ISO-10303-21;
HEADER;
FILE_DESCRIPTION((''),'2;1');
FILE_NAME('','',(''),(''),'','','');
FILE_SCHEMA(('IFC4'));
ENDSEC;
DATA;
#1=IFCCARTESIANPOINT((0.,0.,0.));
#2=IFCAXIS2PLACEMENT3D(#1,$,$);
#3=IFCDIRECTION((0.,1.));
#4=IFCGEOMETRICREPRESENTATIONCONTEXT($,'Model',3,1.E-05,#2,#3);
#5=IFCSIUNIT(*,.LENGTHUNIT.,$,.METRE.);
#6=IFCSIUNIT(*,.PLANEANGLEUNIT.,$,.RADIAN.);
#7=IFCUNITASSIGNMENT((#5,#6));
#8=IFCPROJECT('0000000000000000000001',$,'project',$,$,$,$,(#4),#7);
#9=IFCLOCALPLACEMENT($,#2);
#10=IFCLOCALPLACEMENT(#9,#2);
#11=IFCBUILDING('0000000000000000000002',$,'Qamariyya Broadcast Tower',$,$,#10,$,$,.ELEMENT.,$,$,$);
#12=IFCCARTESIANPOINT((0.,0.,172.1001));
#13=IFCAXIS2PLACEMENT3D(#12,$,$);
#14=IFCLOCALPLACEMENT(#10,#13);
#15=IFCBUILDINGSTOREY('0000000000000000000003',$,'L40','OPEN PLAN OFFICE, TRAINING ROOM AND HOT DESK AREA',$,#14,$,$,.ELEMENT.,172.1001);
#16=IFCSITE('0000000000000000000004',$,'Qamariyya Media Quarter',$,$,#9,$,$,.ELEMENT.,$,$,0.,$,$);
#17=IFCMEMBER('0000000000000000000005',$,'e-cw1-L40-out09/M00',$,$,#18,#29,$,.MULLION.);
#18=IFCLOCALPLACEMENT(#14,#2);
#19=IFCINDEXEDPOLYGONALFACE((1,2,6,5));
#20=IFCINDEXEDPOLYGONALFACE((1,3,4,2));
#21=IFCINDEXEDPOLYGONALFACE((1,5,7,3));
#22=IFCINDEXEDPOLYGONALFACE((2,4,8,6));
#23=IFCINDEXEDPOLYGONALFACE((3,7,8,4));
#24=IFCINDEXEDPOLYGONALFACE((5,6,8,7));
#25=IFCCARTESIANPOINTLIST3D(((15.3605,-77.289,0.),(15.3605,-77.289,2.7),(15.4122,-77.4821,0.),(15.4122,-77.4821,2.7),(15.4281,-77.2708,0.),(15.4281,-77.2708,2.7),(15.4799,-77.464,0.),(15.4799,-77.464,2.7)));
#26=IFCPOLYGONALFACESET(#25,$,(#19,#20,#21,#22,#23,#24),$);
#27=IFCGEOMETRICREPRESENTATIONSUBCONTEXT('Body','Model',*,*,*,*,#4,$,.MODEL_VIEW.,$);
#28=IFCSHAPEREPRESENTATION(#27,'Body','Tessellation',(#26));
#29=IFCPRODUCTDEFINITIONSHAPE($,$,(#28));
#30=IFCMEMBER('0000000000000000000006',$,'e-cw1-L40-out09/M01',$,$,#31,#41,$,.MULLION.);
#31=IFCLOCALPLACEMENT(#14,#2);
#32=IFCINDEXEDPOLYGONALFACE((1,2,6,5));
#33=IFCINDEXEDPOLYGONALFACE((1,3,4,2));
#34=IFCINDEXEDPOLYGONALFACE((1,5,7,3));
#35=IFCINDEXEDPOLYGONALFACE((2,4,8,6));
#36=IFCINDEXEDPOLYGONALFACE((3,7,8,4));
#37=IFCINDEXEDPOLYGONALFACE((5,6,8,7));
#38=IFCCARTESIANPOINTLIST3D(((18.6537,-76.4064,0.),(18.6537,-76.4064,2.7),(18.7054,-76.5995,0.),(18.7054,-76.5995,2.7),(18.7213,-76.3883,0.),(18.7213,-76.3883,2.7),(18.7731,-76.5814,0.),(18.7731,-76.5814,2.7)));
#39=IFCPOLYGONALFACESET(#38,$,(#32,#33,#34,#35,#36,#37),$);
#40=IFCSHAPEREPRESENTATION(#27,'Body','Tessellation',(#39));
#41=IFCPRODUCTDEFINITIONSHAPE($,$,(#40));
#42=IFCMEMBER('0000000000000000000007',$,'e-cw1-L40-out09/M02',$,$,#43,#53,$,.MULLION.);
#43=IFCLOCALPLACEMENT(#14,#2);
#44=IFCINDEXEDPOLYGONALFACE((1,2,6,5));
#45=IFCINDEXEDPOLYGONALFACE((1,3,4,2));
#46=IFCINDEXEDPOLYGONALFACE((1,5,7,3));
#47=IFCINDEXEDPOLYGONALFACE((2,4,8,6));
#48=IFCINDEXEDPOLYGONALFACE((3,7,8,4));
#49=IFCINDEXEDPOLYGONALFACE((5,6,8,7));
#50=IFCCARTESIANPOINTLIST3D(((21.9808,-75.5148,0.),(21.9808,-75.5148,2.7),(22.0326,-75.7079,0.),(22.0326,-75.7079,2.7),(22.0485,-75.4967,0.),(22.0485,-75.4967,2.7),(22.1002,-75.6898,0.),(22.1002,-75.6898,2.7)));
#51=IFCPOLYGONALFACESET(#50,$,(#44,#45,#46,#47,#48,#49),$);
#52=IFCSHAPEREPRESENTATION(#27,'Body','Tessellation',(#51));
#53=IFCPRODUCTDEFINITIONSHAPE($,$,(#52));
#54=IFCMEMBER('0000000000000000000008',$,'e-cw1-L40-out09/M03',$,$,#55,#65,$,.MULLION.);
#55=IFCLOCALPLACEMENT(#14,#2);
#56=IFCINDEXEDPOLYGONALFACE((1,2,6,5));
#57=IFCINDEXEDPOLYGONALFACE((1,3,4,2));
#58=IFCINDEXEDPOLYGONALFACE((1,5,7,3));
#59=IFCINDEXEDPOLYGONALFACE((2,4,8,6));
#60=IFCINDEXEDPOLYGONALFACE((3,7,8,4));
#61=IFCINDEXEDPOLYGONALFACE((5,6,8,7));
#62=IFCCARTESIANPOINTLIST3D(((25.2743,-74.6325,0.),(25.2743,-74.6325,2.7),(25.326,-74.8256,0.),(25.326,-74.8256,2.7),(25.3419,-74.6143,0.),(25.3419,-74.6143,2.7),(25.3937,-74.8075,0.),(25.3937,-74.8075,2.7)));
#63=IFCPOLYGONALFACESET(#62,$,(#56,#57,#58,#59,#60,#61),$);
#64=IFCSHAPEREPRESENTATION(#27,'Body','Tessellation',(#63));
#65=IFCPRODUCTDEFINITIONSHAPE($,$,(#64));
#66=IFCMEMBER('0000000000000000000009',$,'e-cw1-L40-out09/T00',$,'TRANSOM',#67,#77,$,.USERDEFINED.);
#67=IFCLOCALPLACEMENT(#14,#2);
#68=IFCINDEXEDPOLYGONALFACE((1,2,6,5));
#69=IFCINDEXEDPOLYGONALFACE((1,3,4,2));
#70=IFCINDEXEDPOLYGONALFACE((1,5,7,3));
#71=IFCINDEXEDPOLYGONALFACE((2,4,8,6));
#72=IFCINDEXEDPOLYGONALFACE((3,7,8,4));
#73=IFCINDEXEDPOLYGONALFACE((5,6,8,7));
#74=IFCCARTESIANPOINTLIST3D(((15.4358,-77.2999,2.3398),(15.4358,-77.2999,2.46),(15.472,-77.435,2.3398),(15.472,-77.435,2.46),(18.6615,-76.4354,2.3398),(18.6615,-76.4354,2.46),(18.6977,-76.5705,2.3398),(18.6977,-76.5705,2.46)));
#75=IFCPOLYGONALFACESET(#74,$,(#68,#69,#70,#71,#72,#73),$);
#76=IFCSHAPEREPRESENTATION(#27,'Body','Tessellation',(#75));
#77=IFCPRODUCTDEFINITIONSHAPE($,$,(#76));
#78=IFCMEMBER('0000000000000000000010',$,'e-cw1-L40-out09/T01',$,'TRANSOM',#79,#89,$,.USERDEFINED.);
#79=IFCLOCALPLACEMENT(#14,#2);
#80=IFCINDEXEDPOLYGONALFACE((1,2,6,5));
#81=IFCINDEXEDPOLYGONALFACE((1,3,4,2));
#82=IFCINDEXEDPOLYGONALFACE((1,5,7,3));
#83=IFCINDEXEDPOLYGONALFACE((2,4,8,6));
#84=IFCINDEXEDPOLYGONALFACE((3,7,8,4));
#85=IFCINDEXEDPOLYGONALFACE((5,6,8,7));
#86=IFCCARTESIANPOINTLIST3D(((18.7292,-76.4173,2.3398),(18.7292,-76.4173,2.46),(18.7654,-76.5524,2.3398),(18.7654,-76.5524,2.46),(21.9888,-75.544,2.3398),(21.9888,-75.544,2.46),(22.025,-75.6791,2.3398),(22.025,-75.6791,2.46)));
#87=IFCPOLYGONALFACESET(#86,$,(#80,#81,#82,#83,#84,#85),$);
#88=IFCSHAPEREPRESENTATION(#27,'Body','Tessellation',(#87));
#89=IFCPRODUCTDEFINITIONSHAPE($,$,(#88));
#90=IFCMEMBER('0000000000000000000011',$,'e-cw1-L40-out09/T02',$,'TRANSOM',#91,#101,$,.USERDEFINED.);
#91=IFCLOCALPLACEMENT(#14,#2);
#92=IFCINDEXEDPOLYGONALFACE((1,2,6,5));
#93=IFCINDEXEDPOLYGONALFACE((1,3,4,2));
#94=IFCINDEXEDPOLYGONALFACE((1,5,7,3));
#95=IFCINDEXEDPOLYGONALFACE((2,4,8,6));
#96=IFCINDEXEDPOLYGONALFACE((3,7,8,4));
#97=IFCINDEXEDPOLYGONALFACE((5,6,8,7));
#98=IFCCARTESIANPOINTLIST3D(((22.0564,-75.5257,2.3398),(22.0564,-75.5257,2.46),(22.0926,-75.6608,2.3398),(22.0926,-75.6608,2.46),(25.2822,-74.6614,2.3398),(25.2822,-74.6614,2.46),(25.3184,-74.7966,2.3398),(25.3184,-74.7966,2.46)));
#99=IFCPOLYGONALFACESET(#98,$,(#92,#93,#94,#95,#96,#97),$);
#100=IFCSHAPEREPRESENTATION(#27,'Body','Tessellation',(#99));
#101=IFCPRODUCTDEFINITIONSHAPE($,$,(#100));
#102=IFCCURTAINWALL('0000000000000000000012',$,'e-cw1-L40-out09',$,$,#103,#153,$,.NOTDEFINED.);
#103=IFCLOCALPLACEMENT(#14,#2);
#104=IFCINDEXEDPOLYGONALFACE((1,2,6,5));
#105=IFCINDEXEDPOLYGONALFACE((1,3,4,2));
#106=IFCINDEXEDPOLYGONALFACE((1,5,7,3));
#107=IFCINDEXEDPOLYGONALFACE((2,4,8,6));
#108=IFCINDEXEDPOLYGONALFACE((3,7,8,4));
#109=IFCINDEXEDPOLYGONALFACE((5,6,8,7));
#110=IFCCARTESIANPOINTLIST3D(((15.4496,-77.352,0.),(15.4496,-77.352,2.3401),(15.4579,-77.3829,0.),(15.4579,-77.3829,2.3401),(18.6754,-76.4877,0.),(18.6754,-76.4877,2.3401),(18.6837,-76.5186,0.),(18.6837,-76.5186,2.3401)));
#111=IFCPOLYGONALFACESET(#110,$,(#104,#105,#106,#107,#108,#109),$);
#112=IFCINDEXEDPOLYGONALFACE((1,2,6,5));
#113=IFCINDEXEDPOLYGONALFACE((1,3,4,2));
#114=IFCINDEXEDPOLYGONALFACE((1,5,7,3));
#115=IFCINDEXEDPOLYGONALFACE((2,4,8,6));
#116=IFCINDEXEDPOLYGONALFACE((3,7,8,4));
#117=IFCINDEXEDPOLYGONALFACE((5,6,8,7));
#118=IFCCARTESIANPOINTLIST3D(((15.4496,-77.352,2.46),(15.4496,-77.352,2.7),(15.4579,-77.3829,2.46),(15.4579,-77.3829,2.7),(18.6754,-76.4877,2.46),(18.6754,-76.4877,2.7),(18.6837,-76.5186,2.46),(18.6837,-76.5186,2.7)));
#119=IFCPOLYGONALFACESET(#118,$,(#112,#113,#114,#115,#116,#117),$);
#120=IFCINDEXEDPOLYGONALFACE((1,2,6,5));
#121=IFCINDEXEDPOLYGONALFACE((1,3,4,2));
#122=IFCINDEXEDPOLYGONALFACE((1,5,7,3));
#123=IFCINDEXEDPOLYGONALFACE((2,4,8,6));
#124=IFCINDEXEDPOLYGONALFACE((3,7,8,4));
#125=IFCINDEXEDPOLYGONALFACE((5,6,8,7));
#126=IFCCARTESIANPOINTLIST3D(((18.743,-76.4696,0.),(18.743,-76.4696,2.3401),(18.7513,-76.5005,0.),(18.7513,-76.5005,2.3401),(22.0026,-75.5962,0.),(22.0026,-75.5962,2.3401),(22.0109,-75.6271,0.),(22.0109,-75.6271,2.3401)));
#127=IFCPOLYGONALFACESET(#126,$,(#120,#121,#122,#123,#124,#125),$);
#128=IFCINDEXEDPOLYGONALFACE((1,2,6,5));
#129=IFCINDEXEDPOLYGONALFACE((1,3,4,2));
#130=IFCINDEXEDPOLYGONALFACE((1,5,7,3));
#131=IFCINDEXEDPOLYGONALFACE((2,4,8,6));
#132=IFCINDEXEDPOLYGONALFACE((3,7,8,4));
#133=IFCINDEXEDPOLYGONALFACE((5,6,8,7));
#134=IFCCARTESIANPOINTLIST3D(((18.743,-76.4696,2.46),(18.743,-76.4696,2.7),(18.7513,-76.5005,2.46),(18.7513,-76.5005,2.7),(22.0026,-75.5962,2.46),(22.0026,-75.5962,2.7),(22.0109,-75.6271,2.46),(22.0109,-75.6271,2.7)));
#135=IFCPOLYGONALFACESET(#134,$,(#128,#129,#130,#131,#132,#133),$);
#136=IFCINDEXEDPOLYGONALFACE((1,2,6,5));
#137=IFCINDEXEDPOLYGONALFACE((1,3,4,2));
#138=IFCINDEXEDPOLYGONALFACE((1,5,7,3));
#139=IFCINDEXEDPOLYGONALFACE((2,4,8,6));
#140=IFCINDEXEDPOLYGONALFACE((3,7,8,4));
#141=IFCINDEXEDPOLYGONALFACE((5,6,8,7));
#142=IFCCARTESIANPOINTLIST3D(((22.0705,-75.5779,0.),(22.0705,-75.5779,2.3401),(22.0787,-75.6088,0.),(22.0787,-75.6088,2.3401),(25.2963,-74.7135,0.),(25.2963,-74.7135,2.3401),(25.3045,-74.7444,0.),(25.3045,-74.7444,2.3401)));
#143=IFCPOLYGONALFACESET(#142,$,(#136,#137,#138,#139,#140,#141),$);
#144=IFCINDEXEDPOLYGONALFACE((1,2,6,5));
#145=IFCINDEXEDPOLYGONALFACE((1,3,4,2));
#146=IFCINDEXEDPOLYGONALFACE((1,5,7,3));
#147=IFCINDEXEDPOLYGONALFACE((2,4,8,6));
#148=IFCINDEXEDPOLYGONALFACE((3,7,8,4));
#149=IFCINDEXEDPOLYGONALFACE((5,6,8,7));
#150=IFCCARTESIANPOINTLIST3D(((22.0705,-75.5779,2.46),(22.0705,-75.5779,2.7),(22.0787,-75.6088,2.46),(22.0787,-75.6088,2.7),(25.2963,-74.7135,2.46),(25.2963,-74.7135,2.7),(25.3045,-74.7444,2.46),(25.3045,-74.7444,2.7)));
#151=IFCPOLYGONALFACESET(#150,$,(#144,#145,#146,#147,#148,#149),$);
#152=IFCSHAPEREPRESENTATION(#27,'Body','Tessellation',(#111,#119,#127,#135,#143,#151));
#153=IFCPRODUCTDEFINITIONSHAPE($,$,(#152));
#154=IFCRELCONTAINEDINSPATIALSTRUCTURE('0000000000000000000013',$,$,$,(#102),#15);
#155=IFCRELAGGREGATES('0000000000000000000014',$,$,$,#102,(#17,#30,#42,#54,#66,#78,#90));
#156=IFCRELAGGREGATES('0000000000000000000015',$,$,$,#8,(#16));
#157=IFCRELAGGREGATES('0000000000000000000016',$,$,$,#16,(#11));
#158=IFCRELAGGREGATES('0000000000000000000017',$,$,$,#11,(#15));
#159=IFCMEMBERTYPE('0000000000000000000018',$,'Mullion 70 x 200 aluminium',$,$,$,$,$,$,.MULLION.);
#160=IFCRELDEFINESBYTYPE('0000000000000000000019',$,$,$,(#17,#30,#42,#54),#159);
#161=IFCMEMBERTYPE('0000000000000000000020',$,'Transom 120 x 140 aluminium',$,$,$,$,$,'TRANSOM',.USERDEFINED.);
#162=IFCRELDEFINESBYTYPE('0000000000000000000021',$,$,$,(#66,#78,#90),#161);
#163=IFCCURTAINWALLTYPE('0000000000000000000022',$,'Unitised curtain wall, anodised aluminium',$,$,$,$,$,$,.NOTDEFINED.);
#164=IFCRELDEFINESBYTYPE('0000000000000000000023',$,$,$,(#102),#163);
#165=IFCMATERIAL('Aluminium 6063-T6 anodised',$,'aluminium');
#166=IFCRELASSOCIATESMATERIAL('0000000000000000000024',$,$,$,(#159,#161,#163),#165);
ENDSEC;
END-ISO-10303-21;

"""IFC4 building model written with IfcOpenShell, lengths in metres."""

from ifc_helpers import new_model, si_unit, direction, frame, origin, origin_2d, place, context, subcontext, project, spatial, rectangle, extrude, material, material_profile, profile_set, type_object, element, aggregate, save


model = new_model("IFC4")

# Units and contexts
model_context = context("Model", 3, precision=1e-05, world=origin(), true_north=direction((0.0, 1.0)))
body_context = subcontext(model_context, "Body", "Model", "MODEL_VIEW")
ifc_project = project(units=[si_unit("LENGTHUNIT", "METRE"), si_unit("PLANEANGLEUNIT", "RADIAN")], contexts=[model_context])

# Members
ifc_material = material(Name="Aluminium 6063-T6 anodised", Category="aluminium")
ifc_material_profile_1 = material_profile(ifc_material, rectangle(XDim=0.2, YDim=0.0701, at=origin_2d()))
ifc_profile_set_1 = profile_set([ifc_material_profile_1], Name="Aluminium 6063-T6 anodised")
member_type_1 = type_object("IfcMemberType", Name="Mullion 70 x 200 aluminium", PredefinedType="MULLION", material=ifc_profile_set_1)
site_placement = place(None, origin())
building_placement = place(site_placement, origin())
storey_placement = place(building_placement, frame((0.0, 0.0, 172.1001)))
member_1_placement = place(storey_placement, frame((15.4202, -77.3765, 0.0), z_axis=(0.0, 0.0, 1.0), x_axis=(-0.258819, 0.965926, 0.0)))
member_1 = element("IfcMember", 1, at=member_1_placement, type_object=member_type_1, Name="e-cw1-L40-out09/M00", PredefinedType="MULLION", context=body_context, shape_type="SweptSolid", body=[
    extrude(rectangle(XDim=0.2, YDim=0.0701, at=origin_2d()), origin(), (0.0, 0.0, 1.0), 2.7),
])
member_2_placement = place(storey_placement, frame((18.7134, -76.4939, 0.0), z_axis=(0.0, 0.0, 1.0), x_axis=(-0.258819, 0.965926, 0.0)))
member_2 = element("IfcMember", 2, at=member_2_placement, type_object=member_type_1, Name="e-cw1-L40-out09/M01", PredefinedType="MULLION", context=body_context, shape_type="SweptSolid", body=[
    extrude(rectangle(XDim=0.2, YDim=0.0701, at=origin_2d()), origin(), (0.0, 0.0, 1.0), 2.7),
])
member_3_placement = place(storey_placement, frame((22.0405, -75.6023, 0.0), z_axis=(0.0, 0.0, 1.0), x_axis=(-0.258819, 0.965926, 0.0)))
member_3 = element("IfcMember", 3, at=member_3_placement, type_object=member_type_1, Name="e-cw1-L40-out09/M02", PredefinedType="MULLION", context=body_context, shape_type="SweptSolid", body=[
    extrude(rectangle(XDim=0.2, YDim=0.0701, at=origin_2d()), origin(), (0.0, 0.0, 1.0), 2.7),
])
member_4_placement = place(storey_placement, frame((25.334, -74.72, 0.0), z_axis=(0.0, 0.0, 1.0), x_axis=(-0.258819, 0.965926, 0.0)))
member_4 = element("IfcMember", 4, at=member_4_placement, type_object=member_type_1, Name="e-cw1-L40-out09/M03", PredefinedType="MULLION", context=body_context, shape_type="SweptSolid", body=[
    extrude(rectangle(XDim=0.2, YDim=0.0701, at=origin_2d()), origin(), (0.0, 0.0, 1.0), 2.7),
])
ifc_material_profile_2 = material_profile(ifc_material, rectangle(XDim=0.1399, YDim=0.1201, at=origin_2d()))
ifc_profile_set_2 = profile_set([ifc_material_profile_2], Name="Aluminium 6063-T6 anodised")
member_type_2 = type_object("IfcMemberType", Name="Transom 120 x 140 aluminium", ElementType="TRANSOM", PredefinedType="USERDEFINED", material=ifc_profile_set_2)
member_5_placement = place(storey_placement, frame((15.4539, -77.3674, 2.3999), z_axis=(0.965915, 0.258859, 0.0), x_axis=(-0.258859, 0.965915, 0.0)))
member_5 = element("IfcMember", 5, at=member_5_placement, type_object=member_type_2, Name="e-cw1-L40-out09/T00", ObjectType="TRANSOM", PredefinedType="USERDEFINED", context=body_context, shape_type="SweptSolid", body=[
    extrude(rectangle(XDim=0.1399, YDim=0.1201, at=origin_2d()), origin(), (0.0, 0.0, 1.0), 3.3396),
])
member_6_placement = place(storey_placement, frame((18.7473, -76.4849, 2.3999), z_axis=(0.965933, 0.258793, 0.0), x_axis=(-0.258793, 0.965933, 0.0)))
member_6 = element("IfcMember", 6, at=member_6_placement, type_object=member_type_2, Name="e-cw1-L40-out09/T01", ObjectType="TRANSOM", PredefinedType="USERDEFINED", context=body_context, shape_type="SweptSolid", body=[
    extrude(rectangle(XDim=0.1399, YDim=0.1201, at=origin_2d()), origin(), (0.0, 0.0, 1.0), 3.3745),
])
member_7_placement = place(storey_placement, frame((22.0745, -75.5933, 2.3999), z_axis=(0.965933, 0.258791, 0.0), x_axis=(-0.258791, 0.965933, 0.0)))
member_7 = element("IfcMember", 7, at=member_7_placement, type_object=member_type_2, Name="e-cw1-L40-out09/T02", ObjectType="TRANSOM", PredefinedType="USERDEFINED", context=body_context, shape_type="SweptSolid", body=[
    extrude(rectangle(XDim=0.1399, YDim=0.1201, at=origin_2d()), origin(), (0.0, 0.0, 1.0), 3.3396),
])

# Site, building, storey
site = spatial("IfcSite", under=ifc_project, at=site_placement, Name="Qamariyya Media Quarter", CompositionType="ELEMENT", RefElevation=0.0)
building = spatial("IfcBuilding", under=site, at=building_placement, Name="Qamariyya Broadcast Tower", CompositionType="ELEMENT")
storey = spatial("IfcBuildingStorey", under=building, at=storey_placement, Name="L40", Description="OPEN PLAN OFFICE, TRAINING ROOM AND HOT DESK AREA", CompositionType="ELEMENT", Elevation=172.1001)

# Curtain wall
curtain_wall_type = type_object("IfcCurtainWallType", Name="Unitised curtain wall, anodised aluminium", PredefinedType="NOTDEFINED", material=ifc_material)
curtain_wall_1_placement = place(storey_placement, origin())
curtain_wall_1 = element("IfcCurtainWall", 8, at=curtain_wall_1_placement, inside=storey, type_object=curtain_wall_type, Name="e-cw1-L40-out09", PredefinedType="NOTDEFINED", context=body_context, shape_type="SweptSolid", body=[
    extrude(rectangle(XDim=3.3396, YDim=0.032, at=origin_2d()), frame((17.0667, -76.9353, 0.0), x_axis=(0.965926, 0.258817, 0.0)), (0.0, 0.0, 1.0), 2.3401),
    extrude(rectangle(XDim=3.3396, YDim=0.032, at=origin_2d()), frame((17.0667, -76.9353, 2.46), x_axis=(0.965926, 0.258817, 0.0)), (0.0, 0.0, 1.0), 0.24),
    extrude(rectangle(XDim=3.3745, YDim=0.032, at=origin_2d()), frame((20.377, -76.0483, 0.0), x_axis=(0.965926, 0.258817, 0.0)), (0.0, 0.0, 1.0), 2.3401),
    extrude(rectangle(XDim=3.3745, YDim=0.032, at=origin_2d()), frame((20.377, -76.0483, 2.46), x_axis=(0.965926, 0.258817, 0.0)), (0.0, 0.0, 1.0), 0.24),
    extrude(rectangle(XDim=3.3396, YDim=0.032, at=origin_2d()), frame((23.6875, -75.1611, 0.0), x_axis=(0.965926, 0.258817, 0.0)), (0.0, 0.0, 1.0), 2.3401),
    extrude(rectangle(XDim=3.3396, YDim=0.032, at=origin_2d()), frame((23.6875, -75.1611, 2.46), x_axis=(0.965926, 0.258817, 0.0)), (0.0, 0.0, 1.0), 0.24),
])
aggregate(curtain_wall_1, [member_1, member_2, member_3, member_4, member_5, member_6, member_7])

save(model, "model.ifc")
